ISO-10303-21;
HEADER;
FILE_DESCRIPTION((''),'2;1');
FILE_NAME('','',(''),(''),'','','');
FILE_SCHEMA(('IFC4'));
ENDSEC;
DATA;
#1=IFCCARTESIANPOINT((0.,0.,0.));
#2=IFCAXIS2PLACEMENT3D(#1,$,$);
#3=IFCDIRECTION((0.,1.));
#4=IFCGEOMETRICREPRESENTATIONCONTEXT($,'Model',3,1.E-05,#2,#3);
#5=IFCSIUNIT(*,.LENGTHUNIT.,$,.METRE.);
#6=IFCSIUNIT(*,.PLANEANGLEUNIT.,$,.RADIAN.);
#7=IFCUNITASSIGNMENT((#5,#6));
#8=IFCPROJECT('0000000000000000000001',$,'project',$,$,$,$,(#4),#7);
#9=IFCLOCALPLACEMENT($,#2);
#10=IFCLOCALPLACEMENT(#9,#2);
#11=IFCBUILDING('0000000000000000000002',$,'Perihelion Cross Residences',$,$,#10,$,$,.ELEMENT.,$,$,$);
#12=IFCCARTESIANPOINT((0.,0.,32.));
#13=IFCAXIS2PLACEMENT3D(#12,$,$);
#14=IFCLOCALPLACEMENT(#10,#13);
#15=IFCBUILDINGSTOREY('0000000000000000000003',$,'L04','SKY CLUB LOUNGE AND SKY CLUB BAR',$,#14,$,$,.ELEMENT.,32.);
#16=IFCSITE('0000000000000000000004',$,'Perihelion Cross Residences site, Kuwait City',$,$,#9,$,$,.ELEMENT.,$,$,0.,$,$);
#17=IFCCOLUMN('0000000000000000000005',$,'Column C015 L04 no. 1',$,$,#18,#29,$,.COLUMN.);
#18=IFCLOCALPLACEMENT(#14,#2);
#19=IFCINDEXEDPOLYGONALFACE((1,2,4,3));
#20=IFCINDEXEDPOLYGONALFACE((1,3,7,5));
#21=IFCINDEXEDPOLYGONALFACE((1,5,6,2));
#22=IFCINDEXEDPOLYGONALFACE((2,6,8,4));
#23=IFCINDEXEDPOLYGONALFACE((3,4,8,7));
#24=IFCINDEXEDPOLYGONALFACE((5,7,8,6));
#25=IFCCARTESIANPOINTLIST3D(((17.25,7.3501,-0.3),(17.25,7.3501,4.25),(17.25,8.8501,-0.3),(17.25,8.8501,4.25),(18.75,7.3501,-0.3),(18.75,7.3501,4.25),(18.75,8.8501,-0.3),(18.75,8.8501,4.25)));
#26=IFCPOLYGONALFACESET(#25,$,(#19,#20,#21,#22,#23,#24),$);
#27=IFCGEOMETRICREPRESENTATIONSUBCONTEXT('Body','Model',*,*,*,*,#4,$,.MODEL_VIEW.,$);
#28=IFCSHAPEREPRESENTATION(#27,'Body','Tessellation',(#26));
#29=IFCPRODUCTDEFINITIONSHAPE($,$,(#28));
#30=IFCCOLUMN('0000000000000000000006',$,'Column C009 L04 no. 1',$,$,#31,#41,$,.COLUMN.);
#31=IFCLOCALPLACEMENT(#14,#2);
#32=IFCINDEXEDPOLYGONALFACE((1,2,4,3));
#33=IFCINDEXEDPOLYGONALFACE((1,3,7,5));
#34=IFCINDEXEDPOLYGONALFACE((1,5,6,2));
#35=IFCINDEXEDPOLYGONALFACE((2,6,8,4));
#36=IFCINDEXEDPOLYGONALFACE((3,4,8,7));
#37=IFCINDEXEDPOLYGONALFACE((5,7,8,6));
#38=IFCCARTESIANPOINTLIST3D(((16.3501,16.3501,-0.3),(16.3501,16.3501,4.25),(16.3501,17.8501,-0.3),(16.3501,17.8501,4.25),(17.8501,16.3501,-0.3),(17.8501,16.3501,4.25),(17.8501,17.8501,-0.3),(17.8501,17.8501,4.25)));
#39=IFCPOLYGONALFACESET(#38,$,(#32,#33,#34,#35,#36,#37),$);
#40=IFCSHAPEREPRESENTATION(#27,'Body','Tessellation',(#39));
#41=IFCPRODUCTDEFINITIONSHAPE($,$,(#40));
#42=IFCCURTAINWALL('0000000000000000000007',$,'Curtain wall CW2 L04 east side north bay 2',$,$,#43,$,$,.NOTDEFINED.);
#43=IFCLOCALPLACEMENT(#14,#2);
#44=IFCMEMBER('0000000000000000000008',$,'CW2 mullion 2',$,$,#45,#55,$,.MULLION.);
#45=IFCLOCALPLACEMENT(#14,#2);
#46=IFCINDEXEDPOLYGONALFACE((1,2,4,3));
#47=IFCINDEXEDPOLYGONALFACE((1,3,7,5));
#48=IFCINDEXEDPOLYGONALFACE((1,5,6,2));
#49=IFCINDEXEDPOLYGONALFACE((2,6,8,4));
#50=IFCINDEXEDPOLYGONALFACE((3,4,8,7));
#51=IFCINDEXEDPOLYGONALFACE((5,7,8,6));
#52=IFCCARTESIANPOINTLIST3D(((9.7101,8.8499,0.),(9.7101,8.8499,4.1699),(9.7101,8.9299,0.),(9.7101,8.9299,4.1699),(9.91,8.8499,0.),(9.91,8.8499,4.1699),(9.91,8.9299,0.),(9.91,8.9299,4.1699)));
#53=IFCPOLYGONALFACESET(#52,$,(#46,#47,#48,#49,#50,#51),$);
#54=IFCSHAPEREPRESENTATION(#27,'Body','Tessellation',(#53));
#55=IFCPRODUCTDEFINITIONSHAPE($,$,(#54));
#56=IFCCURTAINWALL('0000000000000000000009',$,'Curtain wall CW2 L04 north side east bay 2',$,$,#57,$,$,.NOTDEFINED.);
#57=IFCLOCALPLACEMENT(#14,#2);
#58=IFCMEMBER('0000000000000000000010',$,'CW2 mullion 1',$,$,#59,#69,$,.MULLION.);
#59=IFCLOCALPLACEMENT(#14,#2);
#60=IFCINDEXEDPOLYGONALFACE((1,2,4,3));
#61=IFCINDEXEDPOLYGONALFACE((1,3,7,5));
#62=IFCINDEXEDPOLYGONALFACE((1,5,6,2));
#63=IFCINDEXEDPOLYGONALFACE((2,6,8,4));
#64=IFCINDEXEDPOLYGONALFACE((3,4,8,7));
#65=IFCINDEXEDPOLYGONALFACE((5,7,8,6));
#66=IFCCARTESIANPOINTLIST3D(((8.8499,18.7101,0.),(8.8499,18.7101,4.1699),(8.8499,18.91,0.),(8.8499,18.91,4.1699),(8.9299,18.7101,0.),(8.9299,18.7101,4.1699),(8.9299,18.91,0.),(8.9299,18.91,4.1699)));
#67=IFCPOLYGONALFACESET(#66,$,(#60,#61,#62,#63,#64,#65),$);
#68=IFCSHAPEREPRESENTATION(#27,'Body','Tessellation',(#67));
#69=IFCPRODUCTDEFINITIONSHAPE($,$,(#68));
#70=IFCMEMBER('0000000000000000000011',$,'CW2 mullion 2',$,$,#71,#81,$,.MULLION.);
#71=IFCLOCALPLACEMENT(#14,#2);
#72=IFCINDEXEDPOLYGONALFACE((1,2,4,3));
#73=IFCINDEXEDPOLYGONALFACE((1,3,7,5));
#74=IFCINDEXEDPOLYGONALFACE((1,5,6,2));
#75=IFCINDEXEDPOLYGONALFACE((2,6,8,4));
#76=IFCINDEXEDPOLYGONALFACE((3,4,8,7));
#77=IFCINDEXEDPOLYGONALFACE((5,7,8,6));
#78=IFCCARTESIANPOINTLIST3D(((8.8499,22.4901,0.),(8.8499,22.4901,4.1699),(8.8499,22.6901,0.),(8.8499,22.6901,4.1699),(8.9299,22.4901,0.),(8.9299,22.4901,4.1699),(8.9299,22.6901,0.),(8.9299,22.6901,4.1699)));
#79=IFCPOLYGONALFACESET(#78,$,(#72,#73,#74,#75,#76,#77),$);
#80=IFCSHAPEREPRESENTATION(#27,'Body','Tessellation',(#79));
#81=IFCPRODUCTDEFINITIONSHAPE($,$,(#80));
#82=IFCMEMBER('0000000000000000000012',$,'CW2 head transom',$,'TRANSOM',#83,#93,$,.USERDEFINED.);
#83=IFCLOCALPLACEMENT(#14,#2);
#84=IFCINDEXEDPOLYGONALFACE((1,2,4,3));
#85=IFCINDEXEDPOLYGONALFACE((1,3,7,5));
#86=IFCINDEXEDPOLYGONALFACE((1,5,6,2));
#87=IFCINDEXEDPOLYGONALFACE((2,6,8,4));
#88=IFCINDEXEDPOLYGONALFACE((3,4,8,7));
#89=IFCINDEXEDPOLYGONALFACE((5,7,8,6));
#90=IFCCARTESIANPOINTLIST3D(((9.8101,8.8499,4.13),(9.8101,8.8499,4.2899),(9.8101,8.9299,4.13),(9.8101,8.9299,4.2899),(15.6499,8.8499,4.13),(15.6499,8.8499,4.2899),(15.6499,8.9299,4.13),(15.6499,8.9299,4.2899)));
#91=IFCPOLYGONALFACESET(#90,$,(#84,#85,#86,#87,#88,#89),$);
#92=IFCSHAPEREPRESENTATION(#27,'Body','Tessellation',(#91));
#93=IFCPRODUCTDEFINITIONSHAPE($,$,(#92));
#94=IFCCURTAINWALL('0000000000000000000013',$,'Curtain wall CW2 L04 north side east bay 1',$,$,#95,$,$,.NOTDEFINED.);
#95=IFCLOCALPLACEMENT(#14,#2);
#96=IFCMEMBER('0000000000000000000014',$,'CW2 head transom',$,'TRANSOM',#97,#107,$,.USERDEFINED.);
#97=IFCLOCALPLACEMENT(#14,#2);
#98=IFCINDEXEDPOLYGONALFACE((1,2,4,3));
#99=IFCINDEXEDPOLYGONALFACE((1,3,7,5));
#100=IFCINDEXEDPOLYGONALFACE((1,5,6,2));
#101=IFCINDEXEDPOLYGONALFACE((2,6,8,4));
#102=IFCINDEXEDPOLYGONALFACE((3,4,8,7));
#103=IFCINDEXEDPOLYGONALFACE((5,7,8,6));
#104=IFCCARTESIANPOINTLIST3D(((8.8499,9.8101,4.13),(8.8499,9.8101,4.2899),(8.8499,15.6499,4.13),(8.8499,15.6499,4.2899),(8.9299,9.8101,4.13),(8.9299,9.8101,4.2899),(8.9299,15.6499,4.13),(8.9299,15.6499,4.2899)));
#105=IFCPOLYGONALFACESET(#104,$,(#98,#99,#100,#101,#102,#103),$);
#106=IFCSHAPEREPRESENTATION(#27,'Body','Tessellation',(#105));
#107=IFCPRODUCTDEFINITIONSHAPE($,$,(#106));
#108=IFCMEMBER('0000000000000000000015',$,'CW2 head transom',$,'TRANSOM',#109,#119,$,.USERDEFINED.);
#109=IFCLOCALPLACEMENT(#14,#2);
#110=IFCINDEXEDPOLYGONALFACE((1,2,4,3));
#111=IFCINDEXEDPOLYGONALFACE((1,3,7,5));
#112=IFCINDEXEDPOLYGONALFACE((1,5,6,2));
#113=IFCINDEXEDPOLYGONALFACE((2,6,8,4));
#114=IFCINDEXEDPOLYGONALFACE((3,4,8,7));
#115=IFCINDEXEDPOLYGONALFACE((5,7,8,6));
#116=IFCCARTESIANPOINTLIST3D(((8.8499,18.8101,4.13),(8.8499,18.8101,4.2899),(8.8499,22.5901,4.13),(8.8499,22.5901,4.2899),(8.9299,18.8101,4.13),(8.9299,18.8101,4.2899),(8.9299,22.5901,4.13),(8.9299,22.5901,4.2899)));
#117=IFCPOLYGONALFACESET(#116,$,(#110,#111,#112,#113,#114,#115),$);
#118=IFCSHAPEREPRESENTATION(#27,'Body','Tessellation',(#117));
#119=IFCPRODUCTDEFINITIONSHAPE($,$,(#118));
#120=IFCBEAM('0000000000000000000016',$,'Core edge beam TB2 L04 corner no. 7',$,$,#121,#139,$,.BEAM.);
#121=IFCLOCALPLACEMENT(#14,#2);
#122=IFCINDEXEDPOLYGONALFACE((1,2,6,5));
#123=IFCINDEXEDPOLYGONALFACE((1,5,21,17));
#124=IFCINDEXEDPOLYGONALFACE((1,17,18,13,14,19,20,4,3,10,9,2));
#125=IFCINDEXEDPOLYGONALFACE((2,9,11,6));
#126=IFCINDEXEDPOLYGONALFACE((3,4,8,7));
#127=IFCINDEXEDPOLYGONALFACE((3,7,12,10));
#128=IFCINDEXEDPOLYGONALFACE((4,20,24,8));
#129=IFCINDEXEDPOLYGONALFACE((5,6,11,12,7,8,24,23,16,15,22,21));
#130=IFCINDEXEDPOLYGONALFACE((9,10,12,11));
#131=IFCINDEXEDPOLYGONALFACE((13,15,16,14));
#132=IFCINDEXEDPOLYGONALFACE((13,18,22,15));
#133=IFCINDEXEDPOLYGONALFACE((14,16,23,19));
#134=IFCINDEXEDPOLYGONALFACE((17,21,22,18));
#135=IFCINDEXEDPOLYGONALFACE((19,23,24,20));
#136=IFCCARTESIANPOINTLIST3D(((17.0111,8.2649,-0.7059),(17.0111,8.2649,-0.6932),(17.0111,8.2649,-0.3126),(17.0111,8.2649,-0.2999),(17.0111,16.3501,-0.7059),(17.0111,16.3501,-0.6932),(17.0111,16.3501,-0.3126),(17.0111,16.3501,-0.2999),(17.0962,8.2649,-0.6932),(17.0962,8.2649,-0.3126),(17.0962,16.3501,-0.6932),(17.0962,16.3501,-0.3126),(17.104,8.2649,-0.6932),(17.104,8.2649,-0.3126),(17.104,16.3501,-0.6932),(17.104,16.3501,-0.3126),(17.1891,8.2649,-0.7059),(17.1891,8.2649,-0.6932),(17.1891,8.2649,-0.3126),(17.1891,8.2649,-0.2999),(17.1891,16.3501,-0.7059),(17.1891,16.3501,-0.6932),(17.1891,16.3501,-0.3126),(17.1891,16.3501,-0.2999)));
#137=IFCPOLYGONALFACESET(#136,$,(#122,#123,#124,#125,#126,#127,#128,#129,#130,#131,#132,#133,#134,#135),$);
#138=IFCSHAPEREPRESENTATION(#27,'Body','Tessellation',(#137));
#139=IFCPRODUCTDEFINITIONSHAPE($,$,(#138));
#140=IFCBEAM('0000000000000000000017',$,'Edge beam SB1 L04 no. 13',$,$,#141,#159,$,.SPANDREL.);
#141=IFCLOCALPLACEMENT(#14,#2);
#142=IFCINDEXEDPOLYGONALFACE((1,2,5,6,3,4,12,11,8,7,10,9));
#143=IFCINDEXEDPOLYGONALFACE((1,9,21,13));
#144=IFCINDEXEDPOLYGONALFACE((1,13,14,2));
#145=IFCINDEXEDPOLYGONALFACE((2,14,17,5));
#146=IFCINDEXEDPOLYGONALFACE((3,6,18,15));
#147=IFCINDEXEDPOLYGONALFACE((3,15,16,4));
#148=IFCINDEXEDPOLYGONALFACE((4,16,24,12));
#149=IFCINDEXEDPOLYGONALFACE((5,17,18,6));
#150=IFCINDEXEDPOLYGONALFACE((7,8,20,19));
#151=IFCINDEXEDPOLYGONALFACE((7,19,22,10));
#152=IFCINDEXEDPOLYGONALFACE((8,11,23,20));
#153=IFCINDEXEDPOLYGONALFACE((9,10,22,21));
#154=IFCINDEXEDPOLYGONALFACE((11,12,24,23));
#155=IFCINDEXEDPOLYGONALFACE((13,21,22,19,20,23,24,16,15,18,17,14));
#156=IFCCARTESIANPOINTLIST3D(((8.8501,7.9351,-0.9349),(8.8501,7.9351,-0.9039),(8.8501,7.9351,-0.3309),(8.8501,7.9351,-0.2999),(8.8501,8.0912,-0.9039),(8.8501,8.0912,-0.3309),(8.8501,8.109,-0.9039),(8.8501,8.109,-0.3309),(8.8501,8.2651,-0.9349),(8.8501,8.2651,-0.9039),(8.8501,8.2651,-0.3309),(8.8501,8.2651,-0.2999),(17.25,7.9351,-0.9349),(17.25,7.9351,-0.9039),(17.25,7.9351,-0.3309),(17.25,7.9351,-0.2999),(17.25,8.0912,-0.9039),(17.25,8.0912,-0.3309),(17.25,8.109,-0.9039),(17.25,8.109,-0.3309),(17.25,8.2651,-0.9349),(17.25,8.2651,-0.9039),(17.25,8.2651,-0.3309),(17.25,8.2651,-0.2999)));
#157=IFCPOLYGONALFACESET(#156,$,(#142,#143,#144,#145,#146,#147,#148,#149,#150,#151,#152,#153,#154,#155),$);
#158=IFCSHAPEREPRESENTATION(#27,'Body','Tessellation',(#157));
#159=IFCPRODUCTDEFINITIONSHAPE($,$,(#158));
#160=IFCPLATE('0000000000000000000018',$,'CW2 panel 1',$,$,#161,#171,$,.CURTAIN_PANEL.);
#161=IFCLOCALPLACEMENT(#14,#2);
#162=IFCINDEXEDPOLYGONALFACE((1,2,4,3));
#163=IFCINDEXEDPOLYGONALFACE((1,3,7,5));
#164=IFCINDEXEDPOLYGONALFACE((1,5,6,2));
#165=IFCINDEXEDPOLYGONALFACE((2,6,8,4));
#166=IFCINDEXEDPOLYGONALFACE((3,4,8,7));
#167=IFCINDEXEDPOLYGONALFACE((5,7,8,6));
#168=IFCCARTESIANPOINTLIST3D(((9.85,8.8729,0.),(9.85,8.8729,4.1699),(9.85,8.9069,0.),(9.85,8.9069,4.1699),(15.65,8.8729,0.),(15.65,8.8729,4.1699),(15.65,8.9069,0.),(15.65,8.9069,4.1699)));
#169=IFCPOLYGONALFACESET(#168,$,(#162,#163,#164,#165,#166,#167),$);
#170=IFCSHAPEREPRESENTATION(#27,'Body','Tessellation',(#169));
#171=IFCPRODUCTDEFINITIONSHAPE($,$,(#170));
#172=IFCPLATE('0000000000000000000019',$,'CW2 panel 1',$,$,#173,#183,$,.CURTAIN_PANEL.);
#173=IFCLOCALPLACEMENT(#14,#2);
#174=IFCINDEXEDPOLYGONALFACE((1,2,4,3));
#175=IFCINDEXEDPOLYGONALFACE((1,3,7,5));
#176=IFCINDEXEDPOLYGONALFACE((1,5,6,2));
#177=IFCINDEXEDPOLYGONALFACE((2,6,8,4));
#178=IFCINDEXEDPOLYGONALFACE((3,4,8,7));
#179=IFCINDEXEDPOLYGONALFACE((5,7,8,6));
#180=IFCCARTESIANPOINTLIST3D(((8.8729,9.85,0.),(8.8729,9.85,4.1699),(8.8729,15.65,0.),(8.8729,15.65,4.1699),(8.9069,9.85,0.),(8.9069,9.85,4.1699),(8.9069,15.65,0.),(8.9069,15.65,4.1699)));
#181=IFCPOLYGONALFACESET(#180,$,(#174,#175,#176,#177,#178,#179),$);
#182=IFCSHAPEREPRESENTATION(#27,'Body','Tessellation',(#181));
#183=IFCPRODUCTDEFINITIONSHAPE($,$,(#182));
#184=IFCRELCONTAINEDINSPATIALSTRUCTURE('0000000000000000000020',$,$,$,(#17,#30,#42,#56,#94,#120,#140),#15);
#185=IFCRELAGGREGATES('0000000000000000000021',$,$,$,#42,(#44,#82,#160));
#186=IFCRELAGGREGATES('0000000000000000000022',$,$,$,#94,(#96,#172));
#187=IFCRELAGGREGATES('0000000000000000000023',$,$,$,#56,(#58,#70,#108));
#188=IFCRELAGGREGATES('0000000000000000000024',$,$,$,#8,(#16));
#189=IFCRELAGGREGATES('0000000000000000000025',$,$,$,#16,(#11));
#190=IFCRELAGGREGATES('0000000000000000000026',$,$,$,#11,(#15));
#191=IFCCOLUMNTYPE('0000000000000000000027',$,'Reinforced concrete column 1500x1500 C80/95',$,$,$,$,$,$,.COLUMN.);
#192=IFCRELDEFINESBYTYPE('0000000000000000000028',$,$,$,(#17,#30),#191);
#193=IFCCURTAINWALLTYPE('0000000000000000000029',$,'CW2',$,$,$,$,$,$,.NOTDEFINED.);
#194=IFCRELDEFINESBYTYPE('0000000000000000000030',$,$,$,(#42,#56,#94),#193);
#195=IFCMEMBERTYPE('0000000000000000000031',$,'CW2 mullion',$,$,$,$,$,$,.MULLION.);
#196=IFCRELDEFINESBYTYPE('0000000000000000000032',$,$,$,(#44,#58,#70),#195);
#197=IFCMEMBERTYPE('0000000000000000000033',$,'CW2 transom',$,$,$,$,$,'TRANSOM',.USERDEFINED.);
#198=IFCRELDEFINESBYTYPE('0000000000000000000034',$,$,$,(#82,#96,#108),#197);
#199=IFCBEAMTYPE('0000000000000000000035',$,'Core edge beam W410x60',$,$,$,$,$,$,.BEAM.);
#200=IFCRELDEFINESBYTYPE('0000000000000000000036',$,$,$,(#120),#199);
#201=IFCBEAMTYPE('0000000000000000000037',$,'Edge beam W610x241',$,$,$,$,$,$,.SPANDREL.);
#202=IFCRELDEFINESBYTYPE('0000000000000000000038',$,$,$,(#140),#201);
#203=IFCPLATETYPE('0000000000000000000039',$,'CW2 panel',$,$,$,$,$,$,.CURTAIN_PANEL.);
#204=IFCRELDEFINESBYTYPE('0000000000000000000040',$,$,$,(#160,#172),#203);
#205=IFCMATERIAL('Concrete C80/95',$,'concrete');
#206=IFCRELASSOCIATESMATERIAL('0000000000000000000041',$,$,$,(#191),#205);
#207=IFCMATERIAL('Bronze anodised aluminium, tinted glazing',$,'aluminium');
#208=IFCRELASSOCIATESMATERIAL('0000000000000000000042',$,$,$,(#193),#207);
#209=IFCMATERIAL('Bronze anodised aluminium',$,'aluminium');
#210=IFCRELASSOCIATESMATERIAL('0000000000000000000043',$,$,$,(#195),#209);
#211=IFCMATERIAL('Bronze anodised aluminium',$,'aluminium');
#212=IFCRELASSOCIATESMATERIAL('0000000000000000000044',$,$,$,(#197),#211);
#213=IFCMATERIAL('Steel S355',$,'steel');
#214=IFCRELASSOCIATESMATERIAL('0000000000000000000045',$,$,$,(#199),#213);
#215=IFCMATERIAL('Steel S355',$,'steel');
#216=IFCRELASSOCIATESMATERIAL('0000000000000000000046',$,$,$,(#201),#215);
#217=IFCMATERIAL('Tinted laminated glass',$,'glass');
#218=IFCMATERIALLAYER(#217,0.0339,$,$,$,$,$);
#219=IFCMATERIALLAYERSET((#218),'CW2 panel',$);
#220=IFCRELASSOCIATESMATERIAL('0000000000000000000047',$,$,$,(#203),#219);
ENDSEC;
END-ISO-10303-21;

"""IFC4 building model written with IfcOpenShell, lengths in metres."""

from ifc_helpers import new_model, si_unit, direction, frame, origin, origin_2d, place, context, subcontext, project, spatial, rectangle, i_section, extrude, material, layer, layer_set, material_profile, profile_set, type_object, element, aggregate, save


model = new_model("IFC4")

# Units and contexts
model_context = context("Model", 3, precision=1e-05, world=origin(), true_north=direction((0.0, 1.0)))
body_context = subcontext(model_context, "Body", "Model", "MODEL_VIEW")
ifc_project = project(units=[si_unit("LENGTHUNIT", "METRE"), si_unit("PLANEANGLEUNIT", "RADIAN")], contexts=[model_context])

# Site, building, storey
site_placement = place(None, origin())
site = spatial("IfcSite", under=ifc_project, at=site_placement, Name="Perihelion Cross Residences site, Kuwait City", CompositionType="ELEMENT", RefElevation=0.0)
building_placement = place(site_placement, origin())
building = spatial("IfcBuilding", under=site, at=building_placement, Name="Perihelion Cross Residences", CompositionType="ELEMENT")
storey_placement = place(building_placement, frame((0.0, 0.0, 32.0)))
storey = spatial("IfcBuildingStorey", under=building, at=storey_placement, Name="L04", Description="SKY CLUB LOUNGE AND SKY CLUB BAR", CompositionType="ELEMENT", Elevation=32.0)

# Columns
ifc_material_1 = material(Name="Concrete C80/95", Category="concrete")
ifc_material_profile_1 = material_profile(ifc_material_1, rectangle(XDim=1.5, YDim=1.5, at=origin_2d()), Name="RC 1500x1500")
ifc_profile_set_1 = profile_set([ifc_material_profile_1], Name="Concrete C80/95")
column_type = type_object("IfcColumnType", Name="Reinforced concrete column 1500x1500 C80/95", PredefinedType="COLUMN", material=ifc_profile_set_1)
for number, where, z_axis, x_axis, name in (
    (1, (18.0, 8.1001, -0.3), (0.0, 0.0, 1.0), (1.0, 0.0, 0.0), "Column C015 L04 no. 1"),
    (2, (17.1001, 17.1001, -0.3), (0.0, 0.0, 1.0), (1.0, 0.0, 0.0), "Column C009 L04 no. 1"),
):
    element("IfcColumn", number, at=place(storey_placement, frame(where, z_axis=z_axis, x_axis=x_axis)), inside=storey, type_object=column_type, Name=name, PredefinedType="COLUMN", context=body_context, shape_type="SweptSolid", body=[
        extrude(rectangle(XDim=1.5, YDim=1.5, at=origin_2d()), origin(), (0.0, 0.0, 1.0), 4.55),
    ])

# Curtain wall, member
ifc_material_2 = material(Name="Bronze anodised aluminium, tinted glazing", Category="aluminium")
curtain_wall_type = type_object("IfcCurtainWallType", Name="CW2", PredefinedType="NOTDEFINED", material=ifc_material_2)
curtain_wall_1_placement = place(storey_placement, origin())
curtain_wall_1 = element("IfcCurtainWall", 3, at=curtain_wall_1_placement, inside=storey, type_object=curtain_wall_type, Name="Curtain wall CW2 L04 east side north bay 2", PredefinedType="NOTDEFINED")
ifc_material_3 = material(Name="Bronze anodised aluminium", Category="aluminium")
ifc_material_profile_2 = material_profile(ifc_material_3, rectangle(XDim=0.0801, YDim=0.2, at=origin_2d()), Name="CW2 mullion")
ifc_profile_set_2 = profile_set([ifc_material_profile_2], Name="Bronze anodised aluminium")
member_type_1 = type_object("IfcMemberType", Name="CW2 mullion", PredefinedType="MULLION", material=ifc_profile_set_2)
member_1_placement = place(storey_placement, frame((9.8101, 8.8899, 0.0), z_axis=(0.0, 0.0, 1.0), x_axis=(0.0, -1.0, 0.0)))
member_1 = element("IfcMember", 4, at=member_1_placement, type_object=member_type_1, Name="CW2 mullion 2", PredefinedType="MULLION", context=body_context, shape_type="SweptSolid", body=[
    extrude(rectangle(XDim=0.0801, YDim=0.2, at=origin_2d()), origin(), (0.0, 0.0, 1.0), 4.1699),
])

# Curtain wall, members
curtain_wall_2_placement = place(storey_placement, origin())
curtain_wall_2 = element("IfcCurtainWall", 5, at=curtain_wall_2_placement, inside=storey, type_object=curtain_wall_type, Name="Curtain wall CW2 L04 north side east bay 2", PredefinedType="NOTDEFINED")
member_2_placement = place(storey_placement, frame((8.8899, 18.8101, 0.0), z_axis=(0.0, 0.0, 1.0), x_axis=(-1.0, 0.0, 0.0)))
member_2 = element("IfcMember", 6, at=member_2_placement, type_object=member_type_1, Name="CW2 mullion 1", PredefinedType="MULLION", context=body_context, shape_type="SweptSolid", body=[
    extrude(rectangle(XDim=0.0801, YDim=0.2, at=origin_2d()), origin(), (0.0, 0.0, 1.0), 4.1699),
])
member_3_placement = place(storey_placement, frame((8.8899, 22.5901, 0.0), z_axis=(0.0, 0.0, 1.0), x_axis=(-1.0, 0.0, 0.0)))
member_3 = element("IfcMember", 7, at=member_3_placement, type_object=member_type_1, Name="CW2 mullion 2", PredefinedType="MULLION", context=body_context, shape_type="SweptSolid", body=[
    extrude(rectangle(XDim=0.0801, YDim=0.2, at=origin_2d()), origin(), (0.0, 0.0, 1.0), 4.1699),
])

# Member
ifc_material_4 = material(Name="Bronze anodised aluminium", Category="aluminium")
ifc_material_profile_3 = material_profile(ifc_material_4, rectangle(XDim=0.0801, YDim=0.1599, at=origin_2d()), Name="CW2 transom")
ifc_profile_set_3 = profile_set([ifc_material_profile_3], Name="Bronze anodised aluminium")
member_type_2 = type_object("IfcMemberType", Name="CW2 transom", ElementType="TRANSOM", PredefinedType="USERDEFINED", material=ifc_profile_set_3)
member_4_placement = place(storey_placement, frame((15.6499, 8.8899, 4.21), z_axis=(-1.0, 0.0, 0.0), x_axis=(0.0, -1.0, 0.0)))
member_4 = element("IfcMember", 8, at=member_4_placement, type_object=member_type_2, Name="CW2 head transom", ObjectType="TRANSOM", PredefinedType="USERDEFINED", context=body_context, shape_type="SweptSolid", body=[
    extrude(rectangle(XDim=0.0801, YDim=0.1599, at=origin_2d()), origin(), (0.0, 0.0, 1.0), 5.8398),
])

# Curtain wall, member
curtain_wall_3_placement = place(storey_placement, origin())
curtain_wall_3 = element("IfcCurtainWall", 9, at=curtain_wall_3_placement, inside=storey, type_object=curtain_wall_type, Name="Curtain wall CW2 L04 north side east bay 1", PredefinedType="NOTDEFINED")
member_5_placement = place(storey_placement, frame((8.8899, 9.8101, 4.21), z_axis=(0.0, 1.0, 0.0), x_axis=(-1.0, 0.0, 0.0)))
member_5 = element("IfcMember", 10, at=member_5_placement, type_object=member_type_2, Name="CW2 head transom", ObjectType="TRANSOM", PredefinedType="USERDEFINED", context=body_context, shape_type="SweptSolid", body=[
    extrude(rectangle(XDim=0.0801, YDim=0.1599, at=origin_2d()), origin(), (0.0, 0.0, 1.0), 5.8398),
])

# Member
member_6_placement = place(storey_placement, frame((8.8899, 18.8101, 4.21), z_axis=(0.0, 1.0, 0.0), x_axis=(-1.0, 0.0, 0.0)))
member_6 = element("IfcMember", 11, at=member_6_placement, type_object=member_type_2, Name="CW2 head transom", ObjectType="TRANSOM", PredefinedType="USERDEFINED", context=body_context, shape_type="SweptSolid", body=[
    extrude(rectangle(XDim=0.0801, YDim=0.1599, at=origin_2d()), origin(), (0.0, 0.0, 1.0), 3.78),
])

# Beams
ifc_material_5 = material(Name="Steel S355", Category="steel")
ifc_material_profile_4 = material_profile(ifc_material_5, i_section(OverallWidth=0.178, OverallDepth=0.406, WebThickness=0.0078, FlangeThickness=0.0127, at=origin_2d()), Name="W410x60")
ifc_profile_set_4 = profile_set([ifc_material_profile_4], Name="Steel S355")
beam_type_1 = type_object("IfcBeamType", Name="Core edge beam W410x60", PredefinedType="BEAM", material=ifc_profile_set_4)
beam_1_placement = place(storey_placement, frame((17.1001, 8.2649, -0.5029), z_axis=(0.0, 1.0, 0.0), x_axis=(-1.0, 0.0, 0.0)))
element("IfcBeam", 12, at=beam_1_placement, inside=storey, type_object=beam_type_1, Name="Core edge beam TB2 L04 corner no. 7", PredefinedType="BEAM", context=body_context, shape_type="SweptSolid", body=[
    extrude(i_section(OverallWidth=0.178, OverallDepth=0.406, WebThickness=0.0078, FlangeThickness=0.0127, at=origin_2d()), origin(), (0.0, 0.0, 1.0), 8.0852),
])
ifc_material_6 = material(Name="Steel S355", Category="steel")
ifc_material_profile_5 = material_profile(ifc_material_6, i_section(OverallWidth=0.3301, OverallDepth=0.635, WebThickness=0.0178, FlangeThickness=0.031, at=origin_2d()), Name="W610x241")
ifc_profile_set_5 = profile_set([ifc_material_profile_5], Name="Steel S355")
beam_type_2 = type_object("IfcBeamType", Name="Edge beam W610x241", PredefinedType="SPANDREL", material=ifc_profile_set_5)
beam_2_placement = place(storey_placement, frame((17.25, 8.1001, -0.6174), z_axis=(-1.0, 0.0, 0.0), x_axis=(0.0, -1.0, 0.0)))
element("IfcBeam", 13, at=beam_2_placement, inside=storey, type_object=beam_type_2, Name="Edge beam SB1 L04 no. 13", PredefinedType="SPANDREL", context=body_context, shape_type="SweptSolid", body=[
    extrude(i_section(OverallWidth=0.3301, OverallDepth=0.635, WebThickness=0.0178, FlangeThickness=0.031, at=origin_2d()), origin(), (0.0, 0.0, 1.0), 8.3999),
])

# Plates
ifc_material_7 = material(Name="Tinted laminated glass", Category="glass")
ifc_layer_1 = layer(ifc_material_7, 0.0339)
ifc_layer_set_1 = layer_set([ifc_layer_1], Name="CW2 panel")
plate_type = type_object("IfcPlateType", Name="CW2 panel", PredefinedType="CURTAIN_PANEL", material=ifc_layer_set_1)
plate_1_placement = place(storey_placement, frame((12.75, 8.8899, 0.0), z_axis=(0.0, 0.0, 1.0), x_axis=(-1.0, 0.0, 0.0)))
plate_1 = element("IfcPlate", 14, at=plate_1_placement, type_object=plate_type, Name="CW2 panel 1", PredefinedType="CURTAIN_PANEL", context=body_context, shape_type="SweptSolid", body=[
    extrude(rectangle(XDim=5.8, YDim=0.0339, at=origin_2d()), origin(), (0.0, 0.0, 1.0), 4.1699),
])
aggregate(curtain_wall_1, [member_1, member_4, plate_1])
plate_2_placement = place(storey_placement, frame((8.8899, 12.75, 0.0), z_axis=(0.0, 0.0, 1.0), x_axis=(0.0, 1.0, 0.0)))
plate_2 = element("IfcPlate", 15, at=plate_2_placement, type_object=plate_type, Name="CW2 panel 1", PredefinedType="CURTAIN_PANEL", context=body_context, shape_type="SweptSolid", body=[
    extrude(rectangle(XDim=5.8, YDim=0.0339, at=origin_2d()), origin(), (0.0, 0.0, 1.0), 4.1699),
])
aggregate(curtain_wall_3, [member_5, plate_2])
aggregate(curtain_wall_2, [member_2, member_3, member_6])

save(model, "model.ifc")
